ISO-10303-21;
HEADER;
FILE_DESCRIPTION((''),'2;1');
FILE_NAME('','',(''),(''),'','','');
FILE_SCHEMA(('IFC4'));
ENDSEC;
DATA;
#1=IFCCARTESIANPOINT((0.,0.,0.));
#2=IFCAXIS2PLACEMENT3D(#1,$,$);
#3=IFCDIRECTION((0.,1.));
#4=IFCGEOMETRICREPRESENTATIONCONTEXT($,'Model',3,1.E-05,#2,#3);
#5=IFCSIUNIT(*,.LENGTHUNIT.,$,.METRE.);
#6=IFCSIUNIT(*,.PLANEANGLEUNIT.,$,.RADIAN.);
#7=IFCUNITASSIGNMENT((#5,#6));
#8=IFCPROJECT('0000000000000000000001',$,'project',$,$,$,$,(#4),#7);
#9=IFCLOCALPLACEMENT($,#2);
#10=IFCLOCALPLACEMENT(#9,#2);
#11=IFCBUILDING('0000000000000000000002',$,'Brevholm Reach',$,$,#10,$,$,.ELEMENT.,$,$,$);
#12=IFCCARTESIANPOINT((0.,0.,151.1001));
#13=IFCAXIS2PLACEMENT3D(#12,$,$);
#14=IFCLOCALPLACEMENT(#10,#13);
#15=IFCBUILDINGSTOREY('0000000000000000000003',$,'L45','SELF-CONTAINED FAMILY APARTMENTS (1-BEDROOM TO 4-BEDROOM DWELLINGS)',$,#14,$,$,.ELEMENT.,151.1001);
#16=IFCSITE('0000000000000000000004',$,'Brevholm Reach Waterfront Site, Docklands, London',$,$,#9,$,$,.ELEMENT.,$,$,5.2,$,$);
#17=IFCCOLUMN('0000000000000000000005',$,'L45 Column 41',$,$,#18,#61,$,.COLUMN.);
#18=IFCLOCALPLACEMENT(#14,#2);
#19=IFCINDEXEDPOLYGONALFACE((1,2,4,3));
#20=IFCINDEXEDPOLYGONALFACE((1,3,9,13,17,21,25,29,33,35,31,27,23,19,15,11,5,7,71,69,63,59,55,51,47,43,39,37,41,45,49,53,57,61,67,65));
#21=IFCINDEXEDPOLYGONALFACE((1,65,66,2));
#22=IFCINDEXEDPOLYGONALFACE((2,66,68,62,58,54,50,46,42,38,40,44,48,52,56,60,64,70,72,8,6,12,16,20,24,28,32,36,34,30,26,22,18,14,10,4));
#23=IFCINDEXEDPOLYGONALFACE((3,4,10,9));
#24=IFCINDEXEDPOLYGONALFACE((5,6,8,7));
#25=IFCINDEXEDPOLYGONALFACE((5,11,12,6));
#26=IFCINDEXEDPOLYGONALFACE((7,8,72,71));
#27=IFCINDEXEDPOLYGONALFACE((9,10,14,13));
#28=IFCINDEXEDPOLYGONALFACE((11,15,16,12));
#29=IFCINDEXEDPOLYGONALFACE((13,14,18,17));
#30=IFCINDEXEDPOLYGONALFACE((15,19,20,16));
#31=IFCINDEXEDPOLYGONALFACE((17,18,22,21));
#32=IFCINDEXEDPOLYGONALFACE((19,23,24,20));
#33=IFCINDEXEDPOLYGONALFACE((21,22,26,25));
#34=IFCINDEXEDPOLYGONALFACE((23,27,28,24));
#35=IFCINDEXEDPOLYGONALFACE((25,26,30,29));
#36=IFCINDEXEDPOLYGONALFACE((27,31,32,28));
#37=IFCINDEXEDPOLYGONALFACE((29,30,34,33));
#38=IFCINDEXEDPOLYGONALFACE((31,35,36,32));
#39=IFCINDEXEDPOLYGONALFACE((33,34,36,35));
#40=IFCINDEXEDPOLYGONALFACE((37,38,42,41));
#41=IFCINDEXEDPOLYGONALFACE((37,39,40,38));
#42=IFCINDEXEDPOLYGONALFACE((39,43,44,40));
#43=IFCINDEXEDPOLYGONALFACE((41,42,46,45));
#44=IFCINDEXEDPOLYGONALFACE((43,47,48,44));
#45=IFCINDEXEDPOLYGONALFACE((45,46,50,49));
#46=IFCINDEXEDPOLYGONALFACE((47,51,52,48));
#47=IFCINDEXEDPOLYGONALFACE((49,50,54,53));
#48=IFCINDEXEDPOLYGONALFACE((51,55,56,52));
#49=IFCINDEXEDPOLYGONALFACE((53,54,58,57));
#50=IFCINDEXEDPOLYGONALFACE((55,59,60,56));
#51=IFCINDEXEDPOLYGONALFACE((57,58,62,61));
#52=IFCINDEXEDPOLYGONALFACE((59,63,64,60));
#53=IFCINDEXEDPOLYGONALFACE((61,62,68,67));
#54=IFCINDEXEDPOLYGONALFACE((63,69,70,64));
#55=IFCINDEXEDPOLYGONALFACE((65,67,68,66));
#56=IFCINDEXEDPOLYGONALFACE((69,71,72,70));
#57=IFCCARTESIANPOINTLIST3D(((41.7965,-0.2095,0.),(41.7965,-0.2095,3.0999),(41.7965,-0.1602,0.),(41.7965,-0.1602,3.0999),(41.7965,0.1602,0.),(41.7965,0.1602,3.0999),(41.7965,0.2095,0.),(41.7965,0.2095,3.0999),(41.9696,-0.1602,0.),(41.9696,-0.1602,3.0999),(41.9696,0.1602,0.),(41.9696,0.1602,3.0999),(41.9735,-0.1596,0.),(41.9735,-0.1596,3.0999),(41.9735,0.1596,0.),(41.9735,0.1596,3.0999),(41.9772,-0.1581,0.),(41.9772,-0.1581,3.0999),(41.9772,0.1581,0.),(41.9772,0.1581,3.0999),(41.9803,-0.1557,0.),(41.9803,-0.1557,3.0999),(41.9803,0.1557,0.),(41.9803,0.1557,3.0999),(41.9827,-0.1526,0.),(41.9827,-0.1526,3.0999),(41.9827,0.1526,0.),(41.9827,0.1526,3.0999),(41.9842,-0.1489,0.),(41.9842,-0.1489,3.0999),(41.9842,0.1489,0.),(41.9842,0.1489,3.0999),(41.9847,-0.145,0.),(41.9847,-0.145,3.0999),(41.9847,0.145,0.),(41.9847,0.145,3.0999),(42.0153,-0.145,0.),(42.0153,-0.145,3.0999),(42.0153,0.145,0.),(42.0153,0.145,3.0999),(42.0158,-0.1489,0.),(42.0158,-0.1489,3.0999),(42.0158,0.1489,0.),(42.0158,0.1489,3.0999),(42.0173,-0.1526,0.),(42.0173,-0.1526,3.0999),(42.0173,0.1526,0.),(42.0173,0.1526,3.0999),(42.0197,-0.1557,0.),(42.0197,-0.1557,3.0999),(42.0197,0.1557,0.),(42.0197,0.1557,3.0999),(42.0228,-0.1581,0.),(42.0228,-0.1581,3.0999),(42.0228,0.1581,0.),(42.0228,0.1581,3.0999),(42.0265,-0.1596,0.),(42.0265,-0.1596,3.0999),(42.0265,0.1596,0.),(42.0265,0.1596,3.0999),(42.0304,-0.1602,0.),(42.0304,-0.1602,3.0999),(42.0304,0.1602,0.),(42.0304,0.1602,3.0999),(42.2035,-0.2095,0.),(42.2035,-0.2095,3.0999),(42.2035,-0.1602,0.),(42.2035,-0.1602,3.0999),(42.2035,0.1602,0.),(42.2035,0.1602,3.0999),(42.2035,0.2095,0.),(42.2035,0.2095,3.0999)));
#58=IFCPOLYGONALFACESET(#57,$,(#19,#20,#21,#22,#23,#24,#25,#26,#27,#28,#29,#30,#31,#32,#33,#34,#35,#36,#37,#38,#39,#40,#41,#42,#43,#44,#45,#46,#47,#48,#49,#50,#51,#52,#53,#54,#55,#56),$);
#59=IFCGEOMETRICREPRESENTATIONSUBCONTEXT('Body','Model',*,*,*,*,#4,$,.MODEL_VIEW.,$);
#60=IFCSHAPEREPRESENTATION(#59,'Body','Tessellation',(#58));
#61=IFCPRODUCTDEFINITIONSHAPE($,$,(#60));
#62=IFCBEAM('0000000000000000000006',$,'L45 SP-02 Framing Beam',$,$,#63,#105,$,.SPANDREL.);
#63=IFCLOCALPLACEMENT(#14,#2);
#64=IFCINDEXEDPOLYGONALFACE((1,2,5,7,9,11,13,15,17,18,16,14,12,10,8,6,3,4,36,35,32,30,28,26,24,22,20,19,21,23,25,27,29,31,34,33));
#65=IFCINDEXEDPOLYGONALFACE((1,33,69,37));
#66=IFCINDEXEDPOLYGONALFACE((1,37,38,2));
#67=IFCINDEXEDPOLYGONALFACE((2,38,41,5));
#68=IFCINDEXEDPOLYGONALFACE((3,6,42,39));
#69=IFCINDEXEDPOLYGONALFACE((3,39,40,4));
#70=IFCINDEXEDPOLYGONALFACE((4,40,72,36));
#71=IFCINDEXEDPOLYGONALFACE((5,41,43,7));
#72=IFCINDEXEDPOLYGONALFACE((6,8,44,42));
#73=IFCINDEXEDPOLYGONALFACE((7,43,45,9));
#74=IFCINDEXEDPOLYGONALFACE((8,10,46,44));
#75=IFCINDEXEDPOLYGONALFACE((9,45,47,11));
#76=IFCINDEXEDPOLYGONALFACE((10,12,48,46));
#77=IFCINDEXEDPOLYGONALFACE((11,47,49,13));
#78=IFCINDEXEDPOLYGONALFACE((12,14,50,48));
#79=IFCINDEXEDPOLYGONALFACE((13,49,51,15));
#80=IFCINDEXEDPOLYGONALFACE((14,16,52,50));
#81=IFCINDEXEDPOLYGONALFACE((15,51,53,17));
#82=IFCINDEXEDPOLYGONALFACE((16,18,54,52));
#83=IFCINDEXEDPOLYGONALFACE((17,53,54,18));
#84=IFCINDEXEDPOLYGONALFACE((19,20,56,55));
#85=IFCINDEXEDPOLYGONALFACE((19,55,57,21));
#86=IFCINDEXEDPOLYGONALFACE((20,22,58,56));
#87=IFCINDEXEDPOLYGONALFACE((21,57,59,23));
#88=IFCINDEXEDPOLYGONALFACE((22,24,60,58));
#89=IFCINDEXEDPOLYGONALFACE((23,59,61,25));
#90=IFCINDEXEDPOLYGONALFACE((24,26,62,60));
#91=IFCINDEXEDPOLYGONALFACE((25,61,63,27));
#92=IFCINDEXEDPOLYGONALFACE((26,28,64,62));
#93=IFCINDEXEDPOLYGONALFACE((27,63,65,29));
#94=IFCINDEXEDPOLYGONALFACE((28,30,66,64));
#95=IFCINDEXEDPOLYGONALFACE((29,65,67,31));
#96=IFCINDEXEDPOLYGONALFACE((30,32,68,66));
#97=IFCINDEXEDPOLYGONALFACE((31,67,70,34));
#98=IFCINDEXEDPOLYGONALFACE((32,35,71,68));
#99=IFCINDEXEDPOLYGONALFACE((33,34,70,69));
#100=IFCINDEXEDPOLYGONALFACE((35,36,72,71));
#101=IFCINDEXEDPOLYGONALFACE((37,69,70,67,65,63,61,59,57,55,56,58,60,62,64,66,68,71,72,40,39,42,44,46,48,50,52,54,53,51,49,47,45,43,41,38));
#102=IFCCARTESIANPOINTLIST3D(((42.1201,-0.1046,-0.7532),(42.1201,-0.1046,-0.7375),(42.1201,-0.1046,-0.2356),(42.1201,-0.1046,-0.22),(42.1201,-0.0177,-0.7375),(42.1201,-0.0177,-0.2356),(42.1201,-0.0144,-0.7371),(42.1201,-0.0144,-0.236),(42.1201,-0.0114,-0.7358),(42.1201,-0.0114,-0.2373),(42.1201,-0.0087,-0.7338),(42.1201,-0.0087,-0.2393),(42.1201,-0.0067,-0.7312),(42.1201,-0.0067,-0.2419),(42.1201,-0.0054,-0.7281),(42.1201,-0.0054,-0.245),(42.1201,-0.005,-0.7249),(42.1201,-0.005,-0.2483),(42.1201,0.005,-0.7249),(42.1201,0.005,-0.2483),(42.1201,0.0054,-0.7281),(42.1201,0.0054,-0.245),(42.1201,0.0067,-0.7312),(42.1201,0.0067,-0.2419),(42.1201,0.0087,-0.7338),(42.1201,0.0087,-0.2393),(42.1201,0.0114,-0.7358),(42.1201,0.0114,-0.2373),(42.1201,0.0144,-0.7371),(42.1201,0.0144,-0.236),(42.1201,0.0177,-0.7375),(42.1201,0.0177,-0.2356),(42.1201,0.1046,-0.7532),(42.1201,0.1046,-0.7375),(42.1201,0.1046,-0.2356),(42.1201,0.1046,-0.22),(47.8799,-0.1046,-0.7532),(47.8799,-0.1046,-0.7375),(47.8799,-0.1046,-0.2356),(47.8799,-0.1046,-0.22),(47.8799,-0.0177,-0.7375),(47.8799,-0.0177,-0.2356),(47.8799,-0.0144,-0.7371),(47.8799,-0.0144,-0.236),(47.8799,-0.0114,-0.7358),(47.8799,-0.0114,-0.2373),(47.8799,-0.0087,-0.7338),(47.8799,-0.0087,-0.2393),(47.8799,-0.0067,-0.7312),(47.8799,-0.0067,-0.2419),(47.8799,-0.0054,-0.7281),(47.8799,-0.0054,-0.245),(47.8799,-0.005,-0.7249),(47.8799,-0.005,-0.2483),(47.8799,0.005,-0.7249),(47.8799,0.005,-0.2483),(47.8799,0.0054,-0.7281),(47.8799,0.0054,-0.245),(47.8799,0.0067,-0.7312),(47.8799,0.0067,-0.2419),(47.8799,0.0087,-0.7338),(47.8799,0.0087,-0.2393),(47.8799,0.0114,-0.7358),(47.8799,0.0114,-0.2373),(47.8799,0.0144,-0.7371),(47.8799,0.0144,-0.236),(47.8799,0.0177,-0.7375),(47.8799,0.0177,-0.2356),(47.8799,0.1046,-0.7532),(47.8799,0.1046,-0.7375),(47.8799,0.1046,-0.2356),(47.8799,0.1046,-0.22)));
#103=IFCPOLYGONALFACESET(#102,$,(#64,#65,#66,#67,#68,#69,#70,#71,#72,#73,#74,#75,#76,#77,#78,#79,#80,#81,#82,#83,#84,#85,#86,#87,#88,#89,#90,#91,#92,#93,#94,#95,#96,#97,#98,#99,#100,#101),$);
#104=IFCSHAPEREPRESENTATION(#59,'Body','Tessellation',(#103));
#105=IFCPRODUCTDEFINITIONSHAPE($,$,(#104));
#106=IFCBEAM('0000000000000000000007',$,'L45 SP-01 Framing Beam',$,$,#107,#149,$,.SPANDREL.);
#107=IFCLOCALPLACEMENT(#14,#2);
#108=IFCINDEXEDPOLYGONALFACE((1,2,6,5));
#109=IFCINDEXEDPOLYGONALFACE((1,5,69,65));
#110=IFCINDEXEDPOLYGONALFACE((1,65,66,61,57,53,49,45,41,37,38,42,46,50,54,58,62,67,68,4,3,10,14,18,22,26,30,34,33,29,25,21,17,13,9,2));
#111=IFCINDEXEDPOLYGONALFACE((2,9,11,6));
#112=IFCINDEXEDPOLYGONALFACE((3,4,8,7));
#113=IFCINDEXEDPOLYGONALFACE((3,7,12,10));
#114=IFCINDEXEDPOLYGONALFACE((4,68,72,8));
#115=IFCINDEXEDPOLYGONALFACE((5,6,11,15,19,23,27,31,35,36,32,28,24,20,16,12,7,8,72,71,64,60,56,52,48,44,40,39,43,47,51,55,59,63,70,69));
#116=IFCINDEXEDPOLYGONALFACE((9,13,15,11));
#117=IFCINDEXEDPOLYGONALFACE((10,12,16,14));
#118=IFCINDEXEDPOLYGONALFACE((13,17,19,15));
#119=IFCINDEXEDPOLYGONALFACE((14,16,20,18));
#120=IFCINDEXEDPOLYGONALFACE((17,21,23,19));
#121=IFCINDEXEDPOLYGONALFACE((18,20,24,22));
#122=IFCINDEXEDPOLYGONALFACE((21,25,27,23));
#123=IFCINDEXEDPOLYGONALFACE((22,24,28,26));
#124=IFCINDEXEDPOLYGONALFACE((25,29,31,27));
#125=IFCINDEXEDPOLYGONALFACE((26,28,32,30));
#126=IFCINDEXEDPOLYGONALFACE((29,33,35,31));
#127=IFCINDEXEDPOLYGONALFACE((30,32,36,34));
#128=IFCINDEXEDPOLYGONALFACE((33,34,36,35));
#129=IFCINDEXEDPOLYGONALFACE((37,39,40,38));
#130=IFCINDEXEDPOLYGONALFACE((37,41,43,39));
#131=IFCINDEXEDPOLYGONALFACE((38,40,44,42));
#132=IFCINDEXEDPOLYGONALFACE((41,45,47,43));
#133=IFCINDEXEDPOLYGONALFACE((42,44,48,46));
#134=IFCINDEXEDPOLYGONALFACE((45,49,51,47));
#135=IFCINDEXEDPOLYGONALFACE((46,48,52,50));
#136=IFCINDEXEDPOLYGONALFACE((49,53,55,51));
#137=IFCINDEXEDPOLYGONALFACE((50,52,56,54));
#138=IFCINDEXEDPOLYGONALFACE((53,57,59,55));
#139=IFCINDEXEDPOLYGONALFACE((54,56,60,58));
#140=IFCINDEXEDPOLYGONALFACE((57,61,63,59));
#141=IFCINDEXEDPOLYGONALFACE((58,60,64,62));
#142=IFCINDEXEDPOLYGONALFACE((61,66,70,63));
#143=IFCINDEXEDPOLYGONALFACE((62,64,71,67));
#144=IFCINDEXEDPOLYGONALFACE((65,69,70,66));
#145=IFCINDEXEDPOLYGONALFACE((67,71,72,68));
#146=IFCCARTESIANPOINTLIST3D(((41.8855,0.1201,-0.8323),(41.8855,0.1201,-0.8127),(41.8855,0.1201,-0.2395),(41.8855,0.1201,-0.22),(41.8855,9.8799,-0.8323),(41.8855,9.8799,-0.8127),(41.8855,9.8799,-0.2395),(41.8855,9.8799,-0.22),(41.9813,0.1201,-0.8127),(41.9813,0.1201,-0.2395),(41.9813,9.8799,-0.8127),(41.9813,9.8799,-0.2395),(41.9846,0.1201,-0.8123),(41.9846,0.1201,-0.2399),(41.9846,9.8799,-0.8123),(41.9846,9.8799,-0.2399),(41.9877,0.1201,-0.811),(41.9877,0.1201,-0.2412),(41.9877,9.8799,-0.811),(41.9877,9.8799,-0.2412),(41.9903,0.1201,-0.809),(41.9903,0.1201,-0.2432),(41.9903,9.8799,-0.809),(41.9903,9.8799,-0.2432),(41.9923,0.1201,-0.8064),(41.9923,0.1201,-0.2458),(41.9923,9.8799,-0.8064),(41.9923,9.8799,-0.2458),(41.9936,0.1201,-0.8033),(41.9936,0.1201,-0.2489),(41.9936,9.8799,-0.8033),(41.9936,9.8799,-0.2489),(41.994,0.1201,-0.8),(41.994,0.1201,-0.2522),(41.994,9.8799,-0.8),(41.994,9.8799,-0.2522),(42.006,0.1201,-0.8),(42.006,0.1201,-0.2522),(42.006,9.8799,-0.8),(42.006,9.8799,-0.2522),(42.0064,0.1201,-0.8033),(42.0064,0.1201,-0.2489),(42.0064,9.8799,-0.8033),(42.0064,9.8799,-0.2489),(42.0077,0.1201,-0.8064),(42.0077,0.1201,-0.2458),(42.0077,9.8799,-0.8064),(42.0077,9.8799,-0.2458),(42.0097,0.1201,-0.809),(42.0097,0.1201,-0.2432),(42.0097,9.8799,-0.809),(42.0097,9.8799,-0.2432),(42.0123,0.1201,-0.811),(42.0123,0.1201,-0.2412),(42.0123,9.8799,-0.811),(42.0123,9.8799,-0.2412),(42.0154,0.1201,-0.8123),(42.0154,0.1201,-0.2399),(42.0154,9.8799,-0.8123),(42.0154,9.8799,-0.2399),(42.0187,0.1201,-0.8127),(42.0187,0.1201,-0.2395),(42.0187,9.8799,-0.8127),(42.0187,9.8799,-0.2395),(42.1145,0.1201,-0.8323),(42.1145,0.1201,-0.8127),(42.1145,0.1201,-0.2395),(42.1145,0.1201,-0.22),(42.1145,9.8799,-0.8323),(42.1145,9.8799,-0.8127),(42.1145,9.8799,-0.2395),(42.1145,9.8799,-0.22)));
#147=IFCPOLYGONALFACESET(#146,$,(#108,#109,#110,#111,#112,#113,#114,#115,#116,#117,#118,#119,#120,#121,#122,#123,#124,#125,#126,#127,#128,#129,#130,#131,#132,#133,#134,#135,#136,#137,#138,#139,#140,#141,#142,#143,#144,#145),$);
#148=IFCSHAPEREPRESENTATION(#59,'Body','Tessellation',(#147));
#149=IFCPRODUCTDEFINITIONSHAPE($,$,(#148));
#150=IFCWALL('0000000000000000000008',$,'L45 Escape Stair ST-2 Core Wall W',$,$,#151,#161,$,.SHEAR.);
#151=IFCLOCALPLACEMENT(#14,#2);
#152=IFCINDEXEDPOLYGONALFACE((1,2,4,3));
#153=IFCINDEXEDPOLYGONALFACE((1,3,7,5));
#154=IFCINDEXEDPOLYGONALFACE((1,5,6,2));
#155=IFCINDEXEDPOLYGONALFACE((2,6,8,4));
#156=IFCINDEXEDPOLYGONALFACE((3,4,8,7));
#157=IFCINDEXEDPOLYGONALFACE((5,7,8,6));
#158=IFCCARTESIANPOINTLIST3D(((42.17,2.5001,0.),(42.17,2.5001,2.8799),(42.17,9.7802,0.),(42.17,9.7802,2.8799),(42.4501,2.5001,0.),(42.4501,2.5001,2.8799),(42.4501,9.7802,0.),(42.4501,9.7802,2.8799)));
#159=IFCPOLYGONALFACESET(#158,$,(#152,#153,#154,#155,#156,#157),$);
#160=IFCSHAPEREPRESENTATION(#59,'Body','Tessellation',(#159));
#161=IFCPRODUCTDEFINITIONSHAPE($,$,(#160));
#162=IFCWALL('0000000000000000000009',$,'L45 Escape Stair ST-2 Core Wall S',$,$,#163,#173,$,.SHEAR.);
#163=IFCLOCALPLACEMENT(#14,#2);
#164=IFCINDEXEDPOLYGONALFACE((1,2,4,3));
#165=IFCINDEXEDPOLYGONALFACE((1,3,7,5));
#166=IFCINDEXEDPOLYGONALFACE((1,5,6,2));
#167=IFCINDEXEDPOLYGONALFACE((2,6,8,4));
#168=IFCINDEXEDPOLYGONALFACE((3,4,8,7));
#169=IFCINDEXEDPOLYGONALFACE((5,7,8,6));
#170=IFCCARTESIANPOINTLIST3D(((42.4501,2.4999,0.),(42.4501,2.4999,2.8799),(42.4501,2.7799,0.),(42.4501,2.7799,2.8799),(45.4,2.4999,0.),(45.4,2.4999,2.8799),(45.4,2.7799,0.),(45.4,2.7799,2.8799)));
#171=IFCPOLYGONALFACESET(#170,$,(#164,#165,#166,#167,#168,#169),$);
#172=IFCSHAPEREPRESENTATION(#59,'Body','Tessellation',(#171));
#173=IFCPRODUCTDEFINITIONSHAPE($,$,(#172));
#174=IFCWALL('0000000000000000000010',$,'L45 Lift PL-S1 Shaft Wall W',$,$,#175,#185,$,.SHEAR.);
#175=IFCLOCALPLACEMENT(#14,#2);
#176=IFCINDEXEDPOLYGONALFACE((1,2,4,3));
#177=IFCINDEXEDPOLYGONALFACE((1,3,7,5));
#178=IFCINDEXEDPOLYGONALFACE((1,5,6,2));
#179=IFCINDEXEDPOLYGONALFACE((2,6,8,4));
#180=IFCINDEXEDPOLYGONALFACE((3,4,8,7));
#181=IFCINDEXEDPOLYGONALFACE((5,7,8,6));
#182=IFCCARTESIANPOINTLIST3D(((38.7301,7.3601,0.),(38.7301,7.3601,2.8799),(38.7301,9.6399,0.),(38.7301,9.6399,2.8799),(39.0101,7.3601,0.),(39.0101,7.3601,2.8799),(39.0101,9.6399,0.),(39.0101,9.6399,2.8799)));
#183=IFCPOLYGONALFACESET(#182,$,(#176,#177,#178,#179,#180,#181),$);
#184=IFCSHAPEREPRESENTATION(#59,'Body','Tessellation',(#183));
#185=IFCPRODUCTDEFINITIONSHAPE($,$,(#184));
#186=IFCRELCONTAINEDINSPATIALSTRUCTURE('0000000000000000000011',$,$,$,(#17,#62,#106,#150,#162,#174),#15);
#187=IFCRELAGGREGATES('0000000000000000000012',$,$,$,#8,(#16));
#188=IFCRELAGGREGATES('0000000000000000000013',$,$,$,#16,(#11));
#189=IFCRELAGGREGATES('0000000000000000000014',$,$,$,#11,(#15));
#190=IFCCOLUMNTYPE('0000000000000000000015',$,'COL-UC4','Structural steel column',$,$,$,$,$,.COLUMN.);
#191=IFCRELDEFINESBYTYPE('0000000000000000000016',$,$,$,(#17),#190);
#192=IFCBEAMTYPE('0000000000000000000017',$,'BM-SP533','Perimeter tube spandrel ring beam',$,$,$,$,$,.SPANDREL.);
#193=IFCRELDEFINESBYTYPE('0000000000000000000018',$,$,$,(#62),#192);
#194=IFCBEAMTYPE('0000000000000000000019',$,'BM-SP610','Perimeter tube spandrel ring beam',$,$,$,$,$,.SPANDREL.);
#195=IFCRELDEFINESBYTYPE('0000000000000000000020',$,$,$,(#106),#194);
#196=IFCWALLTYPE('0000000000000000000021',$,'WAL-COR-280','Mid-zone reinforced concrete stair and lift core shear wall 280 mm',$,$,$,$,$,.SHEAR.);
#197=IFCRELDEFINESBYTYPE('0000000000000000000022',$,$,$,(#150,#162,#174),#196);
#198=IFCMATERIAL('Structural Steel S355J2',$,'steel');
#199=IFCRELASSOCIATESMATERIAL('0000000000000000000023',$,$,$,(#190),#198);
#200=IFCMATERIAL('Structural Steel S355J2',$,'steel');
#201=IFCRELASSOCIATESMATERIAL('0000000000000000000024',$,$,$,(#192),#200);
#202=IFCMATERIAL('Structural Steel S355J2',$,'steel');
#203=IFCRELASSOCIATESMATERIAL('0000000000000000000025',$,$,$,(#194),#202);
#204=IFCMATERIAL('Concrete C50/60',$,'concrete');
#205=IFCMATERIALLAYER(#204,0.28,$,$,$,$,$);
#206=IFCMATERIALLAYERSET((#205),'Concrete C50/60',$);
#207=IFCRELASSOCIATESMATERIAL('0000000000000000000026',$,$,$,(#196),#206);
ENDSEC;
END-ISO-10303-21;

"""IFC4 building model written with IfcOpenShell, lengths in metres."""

from ifc_helpers import new_model, si_unit, direction, frame, frame_2d, origin, origin_2d, place, context, subcontext, project, spatial, rectangle, i_section, extrude, material, layer, layer_set, material_profile, profile_set, type_object, element, save


model = new_model("IFC4")

# Units and contexts
model_context = context("Model", 3, precision=1e-05, world=origin(), true_north=direction((0.0, 1.0)))
body_context = subcontext(model_context, "Body", "Model", "MODEL_VIEW")
ifc_project = project(units=[si_unit("LENGTHUNIT", "METRE"), si_unit("PLANEANGLEUNIT", "RADIAN")], contexts=[model_context])

# Site, building, storey
site_placement = place(None, origin())
site = spatial("IfcSite", under=ifc_project, at=site_placement, Name="Brevholm Reach Waterfront Site, Docklands, London", CompositionType="ELEMENT", RefElevation=5.2)
building_placement = place(site_placement, origin())
building = spatial("IfcBuilding", under=site, at=building_placement, Name="Brevholm Reach", CompositionType="ELEMENT")
storey_placement = place(building_placement, frame((0.0, 0.0, 151.1001)))
storey = spatial("IfcBuildingStorey", under=building, at=storey_placement, Name="L45", Description="SELF-CONTAINED FAMILY APARTMENTS (1-BEDROOM TO 4-BEDROOM DWELLINGS)", CompositionType="ELEMENT", Elevation=151.1001)

# Column
ifc_material_1 = material(Name="Structural Steel S355J2", Category="steel")
ifc_material_profile_1 = material_profile(ifc_material_1, i_section(OverallWidth=0.407, OverallDepth=0.4189, WebThickness=0.0305, FlangeThickness=0.0493, FilletRadius=0.0151, at=origin_2d()), Name="UKC 356x406x393")
ifc_profile_set_1 = profile_set([ifc_material_profile_1], Name="Structural Steel S355J2")
column_type = type_object("IfcColumnType", Name="COL-UC4", Description="Structural steel column", PredefinedType="COLUMN", material=ifc_profile_set_1)
column_placement = place(storey_placement, frame((42.0, 0.0, 0.0), z_axis=(0.0, 0.0, 1.0), x_axis=(1.0, 0.0, 0.0)))
element("IfcColumn", 1, at=column_placement, inside=storey, type_object=column_type, Name="L45 Column 41", PredefinedType="COLUMN", context=body_context, shape_type="SweptSolid", body=[
    extrude(i_section(OverallWidth=0.407, OverallDepth=0.4189, WebThickness=0.0305, FlangeThickness=0.0493, FilletRadius=0.0151, at=origin_2d()), origin(), (0.0, 0.0, 1.0), 3.0999),
])

# Beams
ifc_material_2 = material(Name="Structural Steel S355J2", Category="steel")
ifc_material_profile_2 = material_profile(ifc_material_2, i_section(OverallWidth=0.2092, OverallDepth=0.5332, WebThickness=0.01, FlangeThickness=0.0156, FilletRadius=0.0127, at=origin_2d()), Name="UKB 533x210x92")
ifc_profile_set_2 = profile_set([ifc_material_profile_2], Name="Structural Steel S355J2")
beam_type_1 = type_object("IfcBeamType", Name="BM-SP533", Description="Perimeter tube spandrel ring beam", PredefinedType="SPANDREL", material=ifc_profile_set_2)
beam_1_placement = place(storey_placement, frame((42.1201, 0.0, -0.4866), z_axis=(1.0, 0.0, 0.0), x_axis=(0.0, 1.0, 0.0)))
element("IfcBeam", 2, at=beam_1_placement, inside=storey, type_object=beam_type_1, Name="L45 SP-02 Framing Beam", PredefinedType="SPANDREL", context=body_context, shape_type="SweptSolid", body=[
    extrude(i_section(OverallWidth=0.2092, OverallDepth=0.5332, WebThickness=0.01, FlangeThickness=0.0156, FilletRadius=0.0127, at=origin_2d()), origin(), (0.0, 0.0, 1.0), 5.7598),
])
ifc_material_3 = material(Name="Structural Steel S355J2", Category="steel")
ifc_material_profile_3 = material_profile(ifc_material_3, i_section(OverallWidth=0.229, OverallDepth=0.6123, WebThickness=0.012, FlangeThickness=0.0195, FilletRadius=0.0127, at=origin_2d()), Name="UKB 610x229x125")
ifc_profile_set_3 = profile_set([ifc_material_profile_3], Name="Structural Steel S355J2")
beam_type_2 = type_object("IfcBeamType", Name="BM-SP610", Description="Perimeter tube spandrel ring beam", PredefinedType="SPANDREL", material=ifc_profile_set_3)
beam_2_placement = place(storey_placement, frame((42.0, 0.1201, -0.5261), z_axis=(0.0, 1.0, 0.0), x_axis=(-1.0, 0.0, 0.0)))
element("IfcBeam", 3, at=beam_2_placement, inside=storey, type_object=beam_type_2, Name="L45 SP-01 Framing Beam", PredefinedType="SPANDREL", context=body_context, shape_type="SweptSolid", body=[
    extrude(i_section(OverallWidth=0.229, OverallDepth=0.6123, WebThickness=0.012, FlangeThickness=0.0195, FilletRadius=0.0127, at=origin_2d()), origin(), (0.0, 0.0, 1.0), 9.7598),
])

# Walls
ifc_material_4 = material(Name="Concrete C50/60", Category="concrete")
ifc_layer_1 = layer(ifc_material_4, 0.28)
ifc_layer_set_1 = layer_set([ifc_layer_1], Name="Concrete C50/60")
wall_type_1 = type_object("IfcWallType", Name="WAL-COR-280", Description="Mid-zone reinforced concrete stair and lift core shear wall 280 mm", PredefinedType="SHEAR", material=ifc_layer_set_1)
wall_1_placement = place(storey_placement, frame((42.3101, 2.5, 0.0), z_axis=(0.0, 0.0, 1.0), x_axis=(0.0, 1.0, 0.0)))
element("IfcWall", 4, at=wall_1_placement, inside=storey, type_object=wall_type_1, Name="L45 Escape Stair ST-2 Core Wall W", PredefinedType="SHEAR", context=body_context, shape_type="SweptSolid", body=[
    extrude(rectangle(XDim=7.28, YDim=0.28, at=frame_2d((3.6401, 0.0))), origin(), (0.0, 0.0, 1.0), 2.8799),
])
wall_2_placement = place(storey_placement, frame((42.45, 2.6399, 0.0), z_axis=(0.0, 0.0, 1.0), x_axis=(1.0, 0.0, 0.0)))
element("IfcWall", 5, at=wall_2_placement, inside=storey, type_object=wall_type_1, Name="L45 Escape Stair ST-2 Core Wall S", PredefinedType="SHEAR", context=body_context, shape_type="SweptSolid", body=[
    extrude(rectangle(XDim=2.95, YDim=0.28, at=frame_2d((1.4751, 0.0))), origin(), (0.0, 0.0, 1.0), 2.8799),
])
for number, where, z_axis, x_axis, name in (
    (6, (38.8701, 7.3601, 0.0), (0.0, 0.0, 1.0), (0.0, 1.0, 0.0), "L45 Lift PL-S1 Shaft Wall W"),
):
    element("IfcWall", number, at=place(storey_placement, frame(where, z_axis=z_axis, x_axis=x_axis)), inside=storey, type_object=wall_type_1, Name=name, PredefinedType="SHEAR", context=body_context, shape_type="SweptSolid", body=[
        extrude(rectangle(XDim=2.2798, YDim=0.28, at=frame_2d((1.1399, 0.0))), origin(), (0.0, 0.0, 1.0), 2.8799),
    ])

save(model, "model.ifc")
